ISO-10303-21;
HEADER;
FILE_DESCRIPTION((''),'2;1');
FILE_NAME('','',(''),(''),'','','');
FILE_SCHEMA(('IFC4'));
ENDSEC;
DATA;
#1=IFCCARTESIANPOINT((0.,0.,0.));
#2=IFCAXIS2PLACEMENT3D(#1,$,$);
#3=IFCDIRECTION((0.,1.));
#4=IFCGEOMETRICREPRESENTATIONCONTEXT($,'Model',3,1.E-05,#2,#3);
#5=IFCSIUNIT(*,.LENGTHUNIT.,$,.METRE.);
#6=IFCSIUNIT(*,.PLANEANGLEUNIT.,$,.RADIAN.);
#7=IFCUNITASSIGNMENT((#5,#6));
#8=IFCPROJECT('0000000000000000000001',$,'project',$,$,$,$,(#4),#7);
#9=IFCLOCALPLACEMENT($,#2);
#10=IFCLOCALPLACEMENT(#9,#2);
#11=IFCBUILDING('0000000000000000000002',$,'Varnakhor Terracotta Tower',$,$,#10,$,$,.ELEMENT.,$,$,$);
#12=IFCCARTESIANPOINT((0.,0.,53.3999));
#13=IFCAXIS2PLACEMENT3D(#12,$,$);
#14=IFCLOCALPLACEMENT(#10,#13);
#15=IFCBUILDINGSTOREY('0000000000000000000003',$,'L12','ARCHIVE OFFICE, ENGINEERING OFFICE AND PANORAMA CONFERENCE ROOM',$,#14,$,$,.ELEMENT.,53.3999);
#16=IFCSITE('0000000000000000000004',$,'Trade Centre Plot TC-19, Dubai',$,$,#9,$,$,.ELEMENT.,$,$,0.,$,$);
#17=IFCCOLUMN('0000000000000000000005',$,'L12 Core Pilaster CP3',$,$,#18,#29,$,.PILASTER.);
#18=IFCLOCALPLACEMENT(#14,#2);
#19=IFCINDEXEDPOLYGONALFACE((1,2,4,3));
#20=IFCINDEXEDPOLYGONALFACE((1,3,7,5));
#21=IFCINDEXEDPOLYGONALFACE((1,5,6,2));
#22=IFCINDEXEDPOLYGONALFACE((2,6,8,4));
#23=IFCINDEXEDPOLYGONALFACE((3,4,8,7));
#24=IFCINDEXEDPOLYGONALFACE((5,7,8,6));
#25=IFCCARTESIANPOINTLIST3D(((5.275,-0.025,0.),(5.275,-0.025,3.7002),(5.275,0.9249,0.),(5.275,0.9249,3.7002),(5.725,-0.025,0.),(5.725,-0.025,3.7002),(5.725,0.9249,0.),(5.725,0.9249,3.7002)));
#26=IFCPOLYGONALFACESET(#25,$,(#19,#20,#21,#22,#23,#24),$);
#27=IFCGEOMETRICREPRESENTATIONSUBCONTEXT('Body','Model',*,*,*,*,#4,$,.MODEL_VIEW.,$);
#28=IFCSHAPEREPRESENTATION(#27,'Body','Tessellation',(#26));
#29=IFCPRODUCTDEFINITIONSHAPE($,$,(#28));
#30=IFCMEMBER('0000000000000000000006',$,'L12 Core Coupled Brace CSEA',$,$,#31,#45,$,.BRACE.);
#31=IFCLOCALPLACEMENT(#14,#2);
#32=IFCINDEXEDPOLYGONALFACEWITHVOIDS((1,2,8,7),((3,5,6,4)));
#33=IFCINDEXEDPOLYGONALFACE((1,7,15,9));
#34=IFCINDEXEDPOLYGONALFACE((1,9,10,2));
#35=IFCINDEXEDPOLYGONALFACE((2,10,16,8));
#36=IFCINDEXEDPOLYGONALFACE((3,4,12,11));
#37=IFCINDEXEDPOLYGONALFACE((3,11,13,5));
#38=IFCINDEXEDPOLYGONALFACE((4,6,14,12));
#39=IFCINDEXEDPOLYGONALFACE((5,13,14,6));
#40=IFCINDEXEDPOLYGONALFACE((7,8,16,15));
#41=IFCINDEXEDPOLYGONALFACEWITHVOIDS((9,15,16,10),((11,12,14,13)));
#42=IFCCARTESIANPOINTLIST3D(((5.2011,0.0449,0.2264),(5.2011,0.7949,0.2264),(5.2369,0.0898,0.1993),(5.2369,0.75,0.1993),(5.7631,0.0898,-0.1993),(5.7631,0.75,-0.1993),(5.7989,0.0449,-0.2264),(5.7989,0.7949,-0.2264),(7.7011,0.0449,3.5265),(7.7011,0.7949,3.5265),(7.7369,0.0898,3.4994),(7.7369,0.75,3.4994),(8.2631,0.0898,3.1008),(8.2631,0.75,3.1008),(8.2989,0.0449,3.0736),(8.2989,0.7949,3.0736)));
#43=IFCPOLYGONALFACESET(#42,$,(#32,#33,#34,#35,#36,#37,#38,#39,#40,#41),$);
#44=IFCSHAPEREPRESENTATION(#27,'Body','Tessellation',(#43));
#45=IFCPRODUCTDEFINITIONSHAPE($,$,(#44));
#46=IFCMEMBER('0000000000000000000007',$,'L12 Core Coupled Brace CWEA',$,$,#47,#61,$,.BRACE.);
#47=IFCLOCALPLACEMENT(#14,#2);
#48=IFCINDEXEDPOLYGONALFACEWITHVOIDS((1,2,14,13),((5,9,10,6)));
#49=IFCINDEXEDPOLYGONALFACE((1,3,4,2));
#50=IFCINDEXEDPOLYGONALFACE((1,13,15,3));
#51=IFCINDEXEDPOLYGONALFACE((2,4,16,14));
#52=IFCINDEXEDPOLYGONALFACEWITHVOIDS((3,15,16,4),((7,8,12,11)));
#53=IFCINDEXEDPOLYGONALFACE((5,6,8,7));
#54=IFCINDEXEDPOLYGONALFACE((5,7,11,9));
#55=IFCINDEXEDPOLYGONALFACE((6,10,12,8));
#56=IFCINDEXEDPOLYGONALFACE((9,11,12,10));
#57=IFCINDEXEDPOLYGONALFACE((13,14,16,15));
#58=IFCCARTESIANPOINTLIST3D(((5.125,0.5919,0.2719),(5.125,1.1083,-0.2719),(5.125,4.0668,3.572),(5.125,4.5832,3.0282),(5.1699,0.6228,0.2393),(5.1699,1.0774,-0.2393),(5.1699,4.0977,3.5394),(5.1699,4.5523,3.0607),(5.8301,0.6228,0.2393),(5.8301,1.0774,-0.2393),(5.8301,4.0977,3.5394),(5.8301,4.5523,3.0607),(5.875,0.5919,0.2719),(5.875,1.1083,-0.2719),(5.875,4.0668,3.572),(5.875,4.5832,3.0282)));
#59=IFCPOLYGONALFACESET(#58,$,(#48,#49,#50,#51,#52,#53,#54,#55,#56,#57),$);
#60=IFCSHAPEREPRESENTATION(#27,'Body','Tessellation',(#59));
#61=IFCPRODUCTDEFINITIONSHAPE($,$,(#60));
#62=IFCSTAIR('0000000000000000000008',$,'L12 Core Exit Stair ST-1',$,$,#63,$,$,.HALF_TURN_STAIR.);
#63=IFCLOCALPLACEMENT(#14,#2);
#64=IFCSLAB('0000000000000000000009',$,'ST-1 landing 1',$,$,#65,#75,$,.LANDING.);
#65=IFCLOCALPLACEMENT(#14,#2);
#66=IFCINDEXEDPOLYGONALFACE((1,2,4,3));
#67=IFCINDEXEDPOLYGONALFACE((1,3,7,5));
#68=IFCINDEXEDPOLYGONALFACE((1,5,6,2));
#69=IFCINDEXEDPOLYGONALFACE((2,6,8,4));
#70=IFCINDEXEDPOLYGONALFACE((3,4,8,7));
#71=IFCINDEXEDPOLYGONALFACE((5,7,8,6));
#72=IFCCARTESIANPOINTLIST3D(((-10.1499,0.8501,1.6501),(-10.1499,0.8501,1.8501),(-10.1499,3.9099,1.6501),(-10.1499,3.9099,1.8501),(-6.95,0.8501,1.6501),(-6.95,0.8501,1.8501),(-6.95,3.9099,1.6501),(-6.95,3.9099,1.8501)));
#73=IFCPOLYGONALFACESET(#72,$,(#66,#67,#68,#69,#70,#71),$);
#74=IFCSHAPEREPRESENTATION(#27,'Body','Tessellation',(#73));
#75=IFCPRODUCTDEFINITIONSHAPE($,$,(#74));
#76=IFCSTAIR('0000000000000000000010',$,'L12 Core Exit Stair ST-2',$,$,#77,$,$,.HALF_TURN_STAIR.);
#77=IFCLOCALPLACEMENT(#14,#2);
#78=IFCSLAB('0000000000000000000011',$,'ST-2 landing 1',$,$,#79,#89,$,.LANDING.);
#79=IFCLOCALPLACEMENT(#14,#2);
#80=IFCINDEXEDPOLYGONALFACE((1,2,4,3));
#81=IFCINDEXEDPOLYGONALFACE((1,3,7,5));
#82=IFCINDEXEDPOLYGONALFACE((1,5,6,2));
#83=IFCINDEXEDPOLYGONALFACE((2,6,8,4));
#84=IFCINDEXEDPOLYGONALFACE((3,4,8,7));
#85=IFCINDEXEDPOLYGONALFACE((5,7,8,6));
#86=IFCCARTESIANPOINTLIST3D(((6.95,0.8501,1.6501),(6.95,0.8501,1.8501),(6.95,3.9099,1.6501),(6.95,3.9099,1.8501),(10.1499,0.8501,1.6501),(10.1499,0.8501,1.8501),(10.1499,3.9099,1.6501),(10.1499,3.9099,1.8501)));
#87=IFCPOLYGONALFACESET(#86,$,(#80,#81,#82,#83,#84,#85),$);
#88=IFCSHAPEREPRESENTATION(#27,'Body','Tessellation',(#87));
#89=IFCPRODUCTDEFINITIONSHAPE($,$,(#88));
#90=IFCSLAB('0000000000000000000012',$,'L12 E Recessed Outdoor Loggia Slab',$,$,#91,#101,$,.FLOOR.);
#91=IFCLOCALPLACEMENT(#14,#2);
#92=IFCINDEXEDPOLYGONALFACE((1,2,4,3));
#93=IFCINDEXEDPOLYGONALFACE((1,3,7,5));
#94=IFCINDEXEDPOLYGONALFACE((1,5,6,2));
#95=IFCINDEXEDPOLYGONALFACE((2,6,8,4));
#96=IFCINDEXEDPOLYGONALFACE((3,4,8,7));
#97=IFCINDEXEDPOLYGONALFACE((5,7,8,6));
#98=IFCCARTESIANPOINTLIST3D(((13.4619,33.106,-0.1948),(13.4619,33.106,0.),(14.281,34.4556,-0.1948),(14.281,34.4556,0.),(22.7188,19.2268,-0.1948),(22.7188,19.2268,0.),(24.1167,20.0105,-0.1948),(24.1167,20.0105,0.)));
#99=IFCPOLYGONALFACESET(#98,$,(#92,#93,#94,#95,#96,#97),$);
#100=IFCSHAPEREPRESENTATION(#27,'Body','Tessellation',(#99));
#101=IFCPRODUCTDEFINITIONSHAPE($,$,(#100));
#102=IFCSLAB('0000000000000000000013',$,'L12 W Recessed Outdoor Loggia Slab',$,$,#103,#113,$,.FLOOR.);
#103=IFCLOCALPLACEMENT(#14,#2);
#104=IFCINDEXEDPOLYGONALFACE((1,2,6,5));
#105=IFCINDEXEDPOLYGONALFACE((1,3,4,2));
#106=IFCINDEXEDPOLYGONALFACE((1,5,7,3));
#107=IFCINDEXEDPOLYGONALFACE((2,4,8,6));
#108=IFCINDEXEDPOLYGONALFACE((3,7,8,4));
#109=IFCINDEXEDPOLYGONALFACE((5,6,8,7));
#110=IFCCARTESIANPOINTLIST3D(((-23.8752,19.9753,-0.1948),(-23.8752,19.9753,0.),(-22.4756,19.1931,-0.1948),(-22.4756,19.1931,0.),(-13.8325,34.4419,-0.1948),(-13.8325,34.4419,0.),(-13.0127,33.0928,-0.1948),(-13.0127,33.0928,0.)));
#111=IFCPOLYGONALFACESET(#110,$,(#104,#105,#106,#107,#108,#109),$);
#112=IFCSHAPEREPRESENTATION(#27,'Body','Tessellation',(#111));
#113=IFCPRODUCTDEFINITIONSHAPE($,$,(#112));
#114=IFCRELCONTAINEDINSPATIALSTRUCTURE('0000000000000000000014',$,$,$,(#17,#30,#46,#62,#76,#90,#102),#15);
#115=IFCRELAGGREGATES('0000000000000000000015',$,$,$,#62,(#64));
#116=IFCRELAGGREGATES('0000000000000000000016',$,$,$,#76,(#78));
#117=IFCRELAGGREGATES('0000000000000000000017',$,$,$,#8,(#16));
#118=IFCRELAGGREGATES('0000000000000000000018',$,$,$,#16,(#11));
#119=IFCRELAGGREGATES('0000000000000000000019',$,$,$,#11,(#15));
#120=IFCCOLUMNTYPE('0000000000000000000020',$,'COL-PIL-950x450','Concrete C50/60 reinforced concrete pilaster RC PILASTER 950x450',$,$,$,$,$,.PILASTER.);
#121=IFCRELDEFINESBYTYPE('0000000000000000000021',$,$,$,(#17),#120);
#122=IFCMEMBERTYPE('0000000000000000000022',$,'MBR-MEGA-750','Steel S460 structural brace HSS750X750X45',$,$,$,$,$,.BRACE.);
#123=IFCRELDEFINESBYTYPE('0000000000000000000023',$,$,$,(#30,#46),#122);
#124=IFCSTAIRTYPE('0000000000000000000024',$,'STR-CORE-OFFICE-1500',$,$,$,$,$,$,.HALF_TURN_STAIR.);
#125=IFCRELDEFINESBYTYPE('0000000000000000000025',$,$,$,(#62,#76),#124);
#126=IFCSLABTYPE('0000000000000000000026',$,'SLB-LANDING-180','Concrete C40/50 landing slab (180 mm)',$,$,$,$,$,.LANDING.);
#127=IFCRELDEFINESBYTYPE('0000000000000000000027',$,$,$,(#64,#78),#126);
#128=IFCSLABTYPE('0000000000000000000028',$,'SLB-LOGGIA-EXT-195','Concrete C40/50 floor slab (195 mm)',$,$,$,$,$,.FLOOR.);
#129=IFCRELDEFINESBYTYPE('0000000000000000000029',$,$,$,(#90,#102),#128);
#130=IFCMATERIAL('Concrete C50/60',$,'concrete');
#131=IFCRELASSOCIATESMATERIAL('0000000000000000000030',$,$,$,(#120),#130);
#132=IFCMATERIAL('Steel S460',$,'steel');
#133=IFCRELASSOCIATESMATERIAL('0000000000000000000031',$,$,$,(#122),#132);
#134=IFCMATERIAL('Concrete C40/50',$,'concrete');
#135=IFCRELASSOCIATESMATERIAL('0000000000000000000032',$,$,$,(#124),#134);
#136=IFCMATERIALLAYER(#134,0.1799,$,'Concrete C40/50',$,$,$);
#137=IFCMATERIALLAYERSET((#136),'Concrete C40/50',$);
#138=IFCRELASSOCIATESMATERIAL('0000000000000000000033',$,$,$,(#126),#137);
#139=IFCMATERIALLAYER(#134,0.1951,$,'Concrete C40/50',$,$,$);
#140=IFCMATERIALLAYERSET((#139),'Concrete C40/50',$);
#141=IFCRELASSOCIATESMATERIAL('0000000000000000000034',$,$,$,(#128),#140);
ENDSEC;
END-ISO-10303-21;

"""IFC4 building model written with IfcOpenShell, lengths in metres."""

from ifc_helpers import new_model, si_unit, direction, frame, origin, origin_2d, place, context, subcontext, project, spatial, polyline, rectangle, hollow_rectangle, outline, extrude, source, transform, mapped, material, layer, layer_set, material_profile, profile_set, type_object, type_shapes, element, aggregate, save


model = new_model("IFC4")

# Units and contexts
model_context = context("Model", 3, precision=1e-05, world=origin(), true_north=direction((0.0, 1.0)))
body_context = subcontext(model_context, "Body", "Model", "MODEL_VIEW")
ifc_project = project(units=[si_unit("LENGTHUNIT", "METRE"), si_unit("PLANEANGLEUNIT", "RADIAN")], contexts=[model_context])

# Site, building, storey
site_placement = place(None, origin())
site = spatial("IfcSite", under=ifc_project, at=site_placement, Name="Trade Centre Plot TC-19, Dubai", CompositionType="ELEMENT", RefElevation=0.0)
building_placement = place(site_placement, origin())
building = spatial("IfcBuilding", under=site, at=building_placement, Name="Varnakhor Terracotta Tower", CompositionType="ELEMENT")
storey_placement = place(building_placement, frame((0.0, 0.0, 53.3999)))
storey = spatial("IfcBuildingStorey", under=building, at=storey_placement, Name="L12", Description="ARCHIVE OFFICE, ENGINEERING OFFICE AND PANORAMA CONFERENCE ROOM", CompositionType="ELEMENT", Elevation=53.3999)

# Column
ifc_material_1 = material(Name="Concrete C50/60", Category="concrete")
ifc_material_profile_1 = material_profile(ifc_material_1, rectangle(XDim=0.45, YDim=0.95, at=origin_2d()), Name="RC PILASTER 950x450")
ifc_profile_set_1 = profile_set([ifc_material_profile_1], Name="Concrete C50/60")
column_type = type_object("IfcColumnType", Name="COL-PIL-950x450", Description="Concrete C50/60 reinforced concrete pilaster RC PILASTER 950x450", PredefinedType="PILASTER", material=ifc_profile_set_1)
shared_shape_1 = source(origin(), body_context, "Body", "SweptSolid", [
    extrude(rectangle(XDim=0.45, YDim=0.95, at=origin_2d()), origin(), (0.0, 0.0, 1.0), 3.7002),
])
column_placement = place(storey_placement, frame((5.5, 0.45, 0.0), z_axis=(0.0, 0.0, 1.0), x_axis=(1.0, 0.0, 0.0)))
element("IfcColumn", 1, at=column_placement, inside=storey, type_object=column_type, Name="L12 Core Pilaster CP3", PredefinedType="PILASTER", context=body_context, shape_type="MappedRepresentation", body=[
    mapped(shared_shape_1, transform((0.0, 0.0, 0.0), scale=1.0)),
])

# Members
ifc_material_2 = material(Name="Steel S460", Category="steel")
ifc_material_profile_2 = material_profile(ifc_material_2, hollow_rectangle(XDim=0.75, YDim=0.75, WallThickness=0.0449, at=origin_2d()), Name="HSS750X750X45")
ifc_profile_set_2 = profile_set([ifc_material_profile_2], Name="Steel S460")
member_type = type_object("IfcMemberType", Name="MBR-MEGA-750", Description="Steel S460 structural brace HSS750X750X45", PredefinedType="BRACE", material=ifc_profile_set_2)
shared_shape_2 = source(origin(), body_context, "Body", "SweptSolid", [
    extrude(hollow_rectangle(XDim=0.75, YDim=0.75, WallThickness=0.0449, at=origin_2d()), origin(), (0.0, 0.0, 1.0), 4.1401),
])
type_shapes(member_type, [shared_shape_2])
member_1_placement = place(storey_placement, frame((5.5, 0.4199, 0.0), z_axis=(0.603852, 0.0, 0.797096), x_axis=(0.0, 1.0, 0.0)))
element("IfcMember", 2, at=member_1_placement, inside=storey, type_object=member_type, Name="L12 Core Coupled Brace CSEA", PredefinedType="BRACE", context=body_context, shape_type="MappedRepresentation", body=[
    mapped(shared_shape_2, transform((0.0, 0.0, 0.0), scale=1.0)),
])
shared_shape_3 = source(origin(), body_context, "Body", "SweptSolid", [
    extrude(hollow_rectangle(XDim=0.75, YDim=0.75, WallThickness=0.0449, at=origin_2d()), origin(), (0.0, 0.0, 1.0), 4.7922),
])
member_2_placement = place(storey_placement, frame((5.5, 0.8501, 0.0), z_axis=(0.0, 0.72511, 0.688633), x_axis=(-1.0, 0.0, 0.0)))
element("IfcMember", 3, at=member_2_placement, inside=storey, type_object=member_type, Name="L12 Core Coupled Brace CWEA", PredefinedType="BRACE", context=body_context, shape_type="MappedRepresentation", body=[
    mapped(shared_shape_3, transform((0.0, 0.0, 0.0), scale=1.0)),
])

# Stairs, slabs
ifc_material_3 = material(Name="Concrete C40/50", Category="concrete")
stair_type = type_object("IfcStairType", Name="STR-CORE-OFFICE-1500", PredefinedType="HALF_TURN_STAIR", material=ifc_material_3)
stair_1_placement = place(storey_placement, origin())
stair_1 = element("IfcStair", 4, at=stair_1_placement, inside=storey, type_object=stair_type, Name="L12 Core Exit Stair ST-1", PredefinedType="HALF_TURN_STAIR")
ifc_layer_1 = layer(ifc_material_3, 0.1799, Name="Concrete C40/50")
ifc_layer_set_1 = layer_set([ifc_layer_1], Name="Concrete C40/50")
slab_type_1 = type_object("IfcSlabType", Name="SLB-LANDING-180", Description="Concrete C40/50 landing slab (180 mm)", PredefinedType="LANDING", material=ifc_layer_set_1)
slab_1_placement = place(storey_placement, frame((0.0, 0.0, 1.6501)))
slab_1 = element("IfcSlab", 5, at=slab_1_placement, type_object=slab_type_1, Name="ST-1 landing 1", PredefinedType="LANDING", context=body_context, shape_type="SweptSolid", body=[
    extrude(outline(polyline([(-10.1499, 3.9099), (-10.1499, 0.8501), (-6.95, 0.8501), (-6.95, 3.9099), (-10.1499, 3.9099)])), origin(), (0.0, 0.0, 1.0), 0.2),
])
aggregate(stair_1, [slab_1])
stair_2_placement = place(storey_placement, origin())
stair_2 = element("IfcStair", 6, at=stair_2_placement, inside=storey, type_object=stair_type, Name="L12 Core Exit Stair ST-2", PredefinedType="HALF_TURN_STAIR")
slab_2_placement = place(storey_placement, frame((0.0, 0.0, 1.6501)))
slab_2 = element("IfcSlab", 7, at=slab_2_placement, type_object=slab_type_1, Name="ST-2 landing 1", PredefinedType="LANDING", context=body_context, shape_type="SweptSolid", body=[
    extrude(outline(polyline([(6.95, 3.9099), (6.95, 0.8501), (10.1499, 0.8501), (10.1499, 3.9099), (6.95, 3.9099)])), origin(), (0.0, 0.0, 1.0), 0.2),
])
aggregate(stair_2, [slab_2])

# Slabs
ifc_layer_2 = layer(ifc_material_3, 0.1951, Name="Concrete C40/50")
ifc_layer_set_2 = layer_set([ifc_layer_2], Name="Concrete C40/50")
slab_type_2 = type_object("IfcSlabType", Name="SLB-LOGGIA-EXT-195", Description="Concrete C40/50 floor slab (195 mm)", PredefinedType="FLOOR", material=ifc_layer_set_2)
slab_3_placement = place(storey_placement, frame((0.0, 0.0, -0.1948)))
element("IfcSlab", 8, at=slab_3_placement, inside=storey, type_object=slab_type_2, Name="L12 E Recessed Outdoor Loggia Slab", PredefinedType="FLOOR", context=body_context, shape_type="SweptSolid", body=[
    extrude(outline(polyline([(14.281, 34.4556), (24.1167, 20.0105), (22.7188, 19.2268), (13.4619, 33.106), (14.281, 34.4556)])), origin(), (0.0, 0.0, 1.0), 0.1948),
])
slab_4_placement = place(storey_placement, frame((0.0, 0.0, -0.1948)))
element("IfcSlab", 9, at=slab_4_placement, inside=storey, type_object=slab_type_2, Name="L12 W Recessed Outdoor Loggia Slab", PredefinedType="FLOOR", context=body_context, shape_type="SweptSolid", body=[
    extrude(outline(polyline([(-23.8752, 19.9753), (-13.8325, 34.4419), (-13.0127, 33.0928), (-22.4756, 19.1931), (-23.8752, 19.9753)])), origin(), (0.0, 0.0, 1.0), 0.1948),
])

save(model, "model.ifc")
